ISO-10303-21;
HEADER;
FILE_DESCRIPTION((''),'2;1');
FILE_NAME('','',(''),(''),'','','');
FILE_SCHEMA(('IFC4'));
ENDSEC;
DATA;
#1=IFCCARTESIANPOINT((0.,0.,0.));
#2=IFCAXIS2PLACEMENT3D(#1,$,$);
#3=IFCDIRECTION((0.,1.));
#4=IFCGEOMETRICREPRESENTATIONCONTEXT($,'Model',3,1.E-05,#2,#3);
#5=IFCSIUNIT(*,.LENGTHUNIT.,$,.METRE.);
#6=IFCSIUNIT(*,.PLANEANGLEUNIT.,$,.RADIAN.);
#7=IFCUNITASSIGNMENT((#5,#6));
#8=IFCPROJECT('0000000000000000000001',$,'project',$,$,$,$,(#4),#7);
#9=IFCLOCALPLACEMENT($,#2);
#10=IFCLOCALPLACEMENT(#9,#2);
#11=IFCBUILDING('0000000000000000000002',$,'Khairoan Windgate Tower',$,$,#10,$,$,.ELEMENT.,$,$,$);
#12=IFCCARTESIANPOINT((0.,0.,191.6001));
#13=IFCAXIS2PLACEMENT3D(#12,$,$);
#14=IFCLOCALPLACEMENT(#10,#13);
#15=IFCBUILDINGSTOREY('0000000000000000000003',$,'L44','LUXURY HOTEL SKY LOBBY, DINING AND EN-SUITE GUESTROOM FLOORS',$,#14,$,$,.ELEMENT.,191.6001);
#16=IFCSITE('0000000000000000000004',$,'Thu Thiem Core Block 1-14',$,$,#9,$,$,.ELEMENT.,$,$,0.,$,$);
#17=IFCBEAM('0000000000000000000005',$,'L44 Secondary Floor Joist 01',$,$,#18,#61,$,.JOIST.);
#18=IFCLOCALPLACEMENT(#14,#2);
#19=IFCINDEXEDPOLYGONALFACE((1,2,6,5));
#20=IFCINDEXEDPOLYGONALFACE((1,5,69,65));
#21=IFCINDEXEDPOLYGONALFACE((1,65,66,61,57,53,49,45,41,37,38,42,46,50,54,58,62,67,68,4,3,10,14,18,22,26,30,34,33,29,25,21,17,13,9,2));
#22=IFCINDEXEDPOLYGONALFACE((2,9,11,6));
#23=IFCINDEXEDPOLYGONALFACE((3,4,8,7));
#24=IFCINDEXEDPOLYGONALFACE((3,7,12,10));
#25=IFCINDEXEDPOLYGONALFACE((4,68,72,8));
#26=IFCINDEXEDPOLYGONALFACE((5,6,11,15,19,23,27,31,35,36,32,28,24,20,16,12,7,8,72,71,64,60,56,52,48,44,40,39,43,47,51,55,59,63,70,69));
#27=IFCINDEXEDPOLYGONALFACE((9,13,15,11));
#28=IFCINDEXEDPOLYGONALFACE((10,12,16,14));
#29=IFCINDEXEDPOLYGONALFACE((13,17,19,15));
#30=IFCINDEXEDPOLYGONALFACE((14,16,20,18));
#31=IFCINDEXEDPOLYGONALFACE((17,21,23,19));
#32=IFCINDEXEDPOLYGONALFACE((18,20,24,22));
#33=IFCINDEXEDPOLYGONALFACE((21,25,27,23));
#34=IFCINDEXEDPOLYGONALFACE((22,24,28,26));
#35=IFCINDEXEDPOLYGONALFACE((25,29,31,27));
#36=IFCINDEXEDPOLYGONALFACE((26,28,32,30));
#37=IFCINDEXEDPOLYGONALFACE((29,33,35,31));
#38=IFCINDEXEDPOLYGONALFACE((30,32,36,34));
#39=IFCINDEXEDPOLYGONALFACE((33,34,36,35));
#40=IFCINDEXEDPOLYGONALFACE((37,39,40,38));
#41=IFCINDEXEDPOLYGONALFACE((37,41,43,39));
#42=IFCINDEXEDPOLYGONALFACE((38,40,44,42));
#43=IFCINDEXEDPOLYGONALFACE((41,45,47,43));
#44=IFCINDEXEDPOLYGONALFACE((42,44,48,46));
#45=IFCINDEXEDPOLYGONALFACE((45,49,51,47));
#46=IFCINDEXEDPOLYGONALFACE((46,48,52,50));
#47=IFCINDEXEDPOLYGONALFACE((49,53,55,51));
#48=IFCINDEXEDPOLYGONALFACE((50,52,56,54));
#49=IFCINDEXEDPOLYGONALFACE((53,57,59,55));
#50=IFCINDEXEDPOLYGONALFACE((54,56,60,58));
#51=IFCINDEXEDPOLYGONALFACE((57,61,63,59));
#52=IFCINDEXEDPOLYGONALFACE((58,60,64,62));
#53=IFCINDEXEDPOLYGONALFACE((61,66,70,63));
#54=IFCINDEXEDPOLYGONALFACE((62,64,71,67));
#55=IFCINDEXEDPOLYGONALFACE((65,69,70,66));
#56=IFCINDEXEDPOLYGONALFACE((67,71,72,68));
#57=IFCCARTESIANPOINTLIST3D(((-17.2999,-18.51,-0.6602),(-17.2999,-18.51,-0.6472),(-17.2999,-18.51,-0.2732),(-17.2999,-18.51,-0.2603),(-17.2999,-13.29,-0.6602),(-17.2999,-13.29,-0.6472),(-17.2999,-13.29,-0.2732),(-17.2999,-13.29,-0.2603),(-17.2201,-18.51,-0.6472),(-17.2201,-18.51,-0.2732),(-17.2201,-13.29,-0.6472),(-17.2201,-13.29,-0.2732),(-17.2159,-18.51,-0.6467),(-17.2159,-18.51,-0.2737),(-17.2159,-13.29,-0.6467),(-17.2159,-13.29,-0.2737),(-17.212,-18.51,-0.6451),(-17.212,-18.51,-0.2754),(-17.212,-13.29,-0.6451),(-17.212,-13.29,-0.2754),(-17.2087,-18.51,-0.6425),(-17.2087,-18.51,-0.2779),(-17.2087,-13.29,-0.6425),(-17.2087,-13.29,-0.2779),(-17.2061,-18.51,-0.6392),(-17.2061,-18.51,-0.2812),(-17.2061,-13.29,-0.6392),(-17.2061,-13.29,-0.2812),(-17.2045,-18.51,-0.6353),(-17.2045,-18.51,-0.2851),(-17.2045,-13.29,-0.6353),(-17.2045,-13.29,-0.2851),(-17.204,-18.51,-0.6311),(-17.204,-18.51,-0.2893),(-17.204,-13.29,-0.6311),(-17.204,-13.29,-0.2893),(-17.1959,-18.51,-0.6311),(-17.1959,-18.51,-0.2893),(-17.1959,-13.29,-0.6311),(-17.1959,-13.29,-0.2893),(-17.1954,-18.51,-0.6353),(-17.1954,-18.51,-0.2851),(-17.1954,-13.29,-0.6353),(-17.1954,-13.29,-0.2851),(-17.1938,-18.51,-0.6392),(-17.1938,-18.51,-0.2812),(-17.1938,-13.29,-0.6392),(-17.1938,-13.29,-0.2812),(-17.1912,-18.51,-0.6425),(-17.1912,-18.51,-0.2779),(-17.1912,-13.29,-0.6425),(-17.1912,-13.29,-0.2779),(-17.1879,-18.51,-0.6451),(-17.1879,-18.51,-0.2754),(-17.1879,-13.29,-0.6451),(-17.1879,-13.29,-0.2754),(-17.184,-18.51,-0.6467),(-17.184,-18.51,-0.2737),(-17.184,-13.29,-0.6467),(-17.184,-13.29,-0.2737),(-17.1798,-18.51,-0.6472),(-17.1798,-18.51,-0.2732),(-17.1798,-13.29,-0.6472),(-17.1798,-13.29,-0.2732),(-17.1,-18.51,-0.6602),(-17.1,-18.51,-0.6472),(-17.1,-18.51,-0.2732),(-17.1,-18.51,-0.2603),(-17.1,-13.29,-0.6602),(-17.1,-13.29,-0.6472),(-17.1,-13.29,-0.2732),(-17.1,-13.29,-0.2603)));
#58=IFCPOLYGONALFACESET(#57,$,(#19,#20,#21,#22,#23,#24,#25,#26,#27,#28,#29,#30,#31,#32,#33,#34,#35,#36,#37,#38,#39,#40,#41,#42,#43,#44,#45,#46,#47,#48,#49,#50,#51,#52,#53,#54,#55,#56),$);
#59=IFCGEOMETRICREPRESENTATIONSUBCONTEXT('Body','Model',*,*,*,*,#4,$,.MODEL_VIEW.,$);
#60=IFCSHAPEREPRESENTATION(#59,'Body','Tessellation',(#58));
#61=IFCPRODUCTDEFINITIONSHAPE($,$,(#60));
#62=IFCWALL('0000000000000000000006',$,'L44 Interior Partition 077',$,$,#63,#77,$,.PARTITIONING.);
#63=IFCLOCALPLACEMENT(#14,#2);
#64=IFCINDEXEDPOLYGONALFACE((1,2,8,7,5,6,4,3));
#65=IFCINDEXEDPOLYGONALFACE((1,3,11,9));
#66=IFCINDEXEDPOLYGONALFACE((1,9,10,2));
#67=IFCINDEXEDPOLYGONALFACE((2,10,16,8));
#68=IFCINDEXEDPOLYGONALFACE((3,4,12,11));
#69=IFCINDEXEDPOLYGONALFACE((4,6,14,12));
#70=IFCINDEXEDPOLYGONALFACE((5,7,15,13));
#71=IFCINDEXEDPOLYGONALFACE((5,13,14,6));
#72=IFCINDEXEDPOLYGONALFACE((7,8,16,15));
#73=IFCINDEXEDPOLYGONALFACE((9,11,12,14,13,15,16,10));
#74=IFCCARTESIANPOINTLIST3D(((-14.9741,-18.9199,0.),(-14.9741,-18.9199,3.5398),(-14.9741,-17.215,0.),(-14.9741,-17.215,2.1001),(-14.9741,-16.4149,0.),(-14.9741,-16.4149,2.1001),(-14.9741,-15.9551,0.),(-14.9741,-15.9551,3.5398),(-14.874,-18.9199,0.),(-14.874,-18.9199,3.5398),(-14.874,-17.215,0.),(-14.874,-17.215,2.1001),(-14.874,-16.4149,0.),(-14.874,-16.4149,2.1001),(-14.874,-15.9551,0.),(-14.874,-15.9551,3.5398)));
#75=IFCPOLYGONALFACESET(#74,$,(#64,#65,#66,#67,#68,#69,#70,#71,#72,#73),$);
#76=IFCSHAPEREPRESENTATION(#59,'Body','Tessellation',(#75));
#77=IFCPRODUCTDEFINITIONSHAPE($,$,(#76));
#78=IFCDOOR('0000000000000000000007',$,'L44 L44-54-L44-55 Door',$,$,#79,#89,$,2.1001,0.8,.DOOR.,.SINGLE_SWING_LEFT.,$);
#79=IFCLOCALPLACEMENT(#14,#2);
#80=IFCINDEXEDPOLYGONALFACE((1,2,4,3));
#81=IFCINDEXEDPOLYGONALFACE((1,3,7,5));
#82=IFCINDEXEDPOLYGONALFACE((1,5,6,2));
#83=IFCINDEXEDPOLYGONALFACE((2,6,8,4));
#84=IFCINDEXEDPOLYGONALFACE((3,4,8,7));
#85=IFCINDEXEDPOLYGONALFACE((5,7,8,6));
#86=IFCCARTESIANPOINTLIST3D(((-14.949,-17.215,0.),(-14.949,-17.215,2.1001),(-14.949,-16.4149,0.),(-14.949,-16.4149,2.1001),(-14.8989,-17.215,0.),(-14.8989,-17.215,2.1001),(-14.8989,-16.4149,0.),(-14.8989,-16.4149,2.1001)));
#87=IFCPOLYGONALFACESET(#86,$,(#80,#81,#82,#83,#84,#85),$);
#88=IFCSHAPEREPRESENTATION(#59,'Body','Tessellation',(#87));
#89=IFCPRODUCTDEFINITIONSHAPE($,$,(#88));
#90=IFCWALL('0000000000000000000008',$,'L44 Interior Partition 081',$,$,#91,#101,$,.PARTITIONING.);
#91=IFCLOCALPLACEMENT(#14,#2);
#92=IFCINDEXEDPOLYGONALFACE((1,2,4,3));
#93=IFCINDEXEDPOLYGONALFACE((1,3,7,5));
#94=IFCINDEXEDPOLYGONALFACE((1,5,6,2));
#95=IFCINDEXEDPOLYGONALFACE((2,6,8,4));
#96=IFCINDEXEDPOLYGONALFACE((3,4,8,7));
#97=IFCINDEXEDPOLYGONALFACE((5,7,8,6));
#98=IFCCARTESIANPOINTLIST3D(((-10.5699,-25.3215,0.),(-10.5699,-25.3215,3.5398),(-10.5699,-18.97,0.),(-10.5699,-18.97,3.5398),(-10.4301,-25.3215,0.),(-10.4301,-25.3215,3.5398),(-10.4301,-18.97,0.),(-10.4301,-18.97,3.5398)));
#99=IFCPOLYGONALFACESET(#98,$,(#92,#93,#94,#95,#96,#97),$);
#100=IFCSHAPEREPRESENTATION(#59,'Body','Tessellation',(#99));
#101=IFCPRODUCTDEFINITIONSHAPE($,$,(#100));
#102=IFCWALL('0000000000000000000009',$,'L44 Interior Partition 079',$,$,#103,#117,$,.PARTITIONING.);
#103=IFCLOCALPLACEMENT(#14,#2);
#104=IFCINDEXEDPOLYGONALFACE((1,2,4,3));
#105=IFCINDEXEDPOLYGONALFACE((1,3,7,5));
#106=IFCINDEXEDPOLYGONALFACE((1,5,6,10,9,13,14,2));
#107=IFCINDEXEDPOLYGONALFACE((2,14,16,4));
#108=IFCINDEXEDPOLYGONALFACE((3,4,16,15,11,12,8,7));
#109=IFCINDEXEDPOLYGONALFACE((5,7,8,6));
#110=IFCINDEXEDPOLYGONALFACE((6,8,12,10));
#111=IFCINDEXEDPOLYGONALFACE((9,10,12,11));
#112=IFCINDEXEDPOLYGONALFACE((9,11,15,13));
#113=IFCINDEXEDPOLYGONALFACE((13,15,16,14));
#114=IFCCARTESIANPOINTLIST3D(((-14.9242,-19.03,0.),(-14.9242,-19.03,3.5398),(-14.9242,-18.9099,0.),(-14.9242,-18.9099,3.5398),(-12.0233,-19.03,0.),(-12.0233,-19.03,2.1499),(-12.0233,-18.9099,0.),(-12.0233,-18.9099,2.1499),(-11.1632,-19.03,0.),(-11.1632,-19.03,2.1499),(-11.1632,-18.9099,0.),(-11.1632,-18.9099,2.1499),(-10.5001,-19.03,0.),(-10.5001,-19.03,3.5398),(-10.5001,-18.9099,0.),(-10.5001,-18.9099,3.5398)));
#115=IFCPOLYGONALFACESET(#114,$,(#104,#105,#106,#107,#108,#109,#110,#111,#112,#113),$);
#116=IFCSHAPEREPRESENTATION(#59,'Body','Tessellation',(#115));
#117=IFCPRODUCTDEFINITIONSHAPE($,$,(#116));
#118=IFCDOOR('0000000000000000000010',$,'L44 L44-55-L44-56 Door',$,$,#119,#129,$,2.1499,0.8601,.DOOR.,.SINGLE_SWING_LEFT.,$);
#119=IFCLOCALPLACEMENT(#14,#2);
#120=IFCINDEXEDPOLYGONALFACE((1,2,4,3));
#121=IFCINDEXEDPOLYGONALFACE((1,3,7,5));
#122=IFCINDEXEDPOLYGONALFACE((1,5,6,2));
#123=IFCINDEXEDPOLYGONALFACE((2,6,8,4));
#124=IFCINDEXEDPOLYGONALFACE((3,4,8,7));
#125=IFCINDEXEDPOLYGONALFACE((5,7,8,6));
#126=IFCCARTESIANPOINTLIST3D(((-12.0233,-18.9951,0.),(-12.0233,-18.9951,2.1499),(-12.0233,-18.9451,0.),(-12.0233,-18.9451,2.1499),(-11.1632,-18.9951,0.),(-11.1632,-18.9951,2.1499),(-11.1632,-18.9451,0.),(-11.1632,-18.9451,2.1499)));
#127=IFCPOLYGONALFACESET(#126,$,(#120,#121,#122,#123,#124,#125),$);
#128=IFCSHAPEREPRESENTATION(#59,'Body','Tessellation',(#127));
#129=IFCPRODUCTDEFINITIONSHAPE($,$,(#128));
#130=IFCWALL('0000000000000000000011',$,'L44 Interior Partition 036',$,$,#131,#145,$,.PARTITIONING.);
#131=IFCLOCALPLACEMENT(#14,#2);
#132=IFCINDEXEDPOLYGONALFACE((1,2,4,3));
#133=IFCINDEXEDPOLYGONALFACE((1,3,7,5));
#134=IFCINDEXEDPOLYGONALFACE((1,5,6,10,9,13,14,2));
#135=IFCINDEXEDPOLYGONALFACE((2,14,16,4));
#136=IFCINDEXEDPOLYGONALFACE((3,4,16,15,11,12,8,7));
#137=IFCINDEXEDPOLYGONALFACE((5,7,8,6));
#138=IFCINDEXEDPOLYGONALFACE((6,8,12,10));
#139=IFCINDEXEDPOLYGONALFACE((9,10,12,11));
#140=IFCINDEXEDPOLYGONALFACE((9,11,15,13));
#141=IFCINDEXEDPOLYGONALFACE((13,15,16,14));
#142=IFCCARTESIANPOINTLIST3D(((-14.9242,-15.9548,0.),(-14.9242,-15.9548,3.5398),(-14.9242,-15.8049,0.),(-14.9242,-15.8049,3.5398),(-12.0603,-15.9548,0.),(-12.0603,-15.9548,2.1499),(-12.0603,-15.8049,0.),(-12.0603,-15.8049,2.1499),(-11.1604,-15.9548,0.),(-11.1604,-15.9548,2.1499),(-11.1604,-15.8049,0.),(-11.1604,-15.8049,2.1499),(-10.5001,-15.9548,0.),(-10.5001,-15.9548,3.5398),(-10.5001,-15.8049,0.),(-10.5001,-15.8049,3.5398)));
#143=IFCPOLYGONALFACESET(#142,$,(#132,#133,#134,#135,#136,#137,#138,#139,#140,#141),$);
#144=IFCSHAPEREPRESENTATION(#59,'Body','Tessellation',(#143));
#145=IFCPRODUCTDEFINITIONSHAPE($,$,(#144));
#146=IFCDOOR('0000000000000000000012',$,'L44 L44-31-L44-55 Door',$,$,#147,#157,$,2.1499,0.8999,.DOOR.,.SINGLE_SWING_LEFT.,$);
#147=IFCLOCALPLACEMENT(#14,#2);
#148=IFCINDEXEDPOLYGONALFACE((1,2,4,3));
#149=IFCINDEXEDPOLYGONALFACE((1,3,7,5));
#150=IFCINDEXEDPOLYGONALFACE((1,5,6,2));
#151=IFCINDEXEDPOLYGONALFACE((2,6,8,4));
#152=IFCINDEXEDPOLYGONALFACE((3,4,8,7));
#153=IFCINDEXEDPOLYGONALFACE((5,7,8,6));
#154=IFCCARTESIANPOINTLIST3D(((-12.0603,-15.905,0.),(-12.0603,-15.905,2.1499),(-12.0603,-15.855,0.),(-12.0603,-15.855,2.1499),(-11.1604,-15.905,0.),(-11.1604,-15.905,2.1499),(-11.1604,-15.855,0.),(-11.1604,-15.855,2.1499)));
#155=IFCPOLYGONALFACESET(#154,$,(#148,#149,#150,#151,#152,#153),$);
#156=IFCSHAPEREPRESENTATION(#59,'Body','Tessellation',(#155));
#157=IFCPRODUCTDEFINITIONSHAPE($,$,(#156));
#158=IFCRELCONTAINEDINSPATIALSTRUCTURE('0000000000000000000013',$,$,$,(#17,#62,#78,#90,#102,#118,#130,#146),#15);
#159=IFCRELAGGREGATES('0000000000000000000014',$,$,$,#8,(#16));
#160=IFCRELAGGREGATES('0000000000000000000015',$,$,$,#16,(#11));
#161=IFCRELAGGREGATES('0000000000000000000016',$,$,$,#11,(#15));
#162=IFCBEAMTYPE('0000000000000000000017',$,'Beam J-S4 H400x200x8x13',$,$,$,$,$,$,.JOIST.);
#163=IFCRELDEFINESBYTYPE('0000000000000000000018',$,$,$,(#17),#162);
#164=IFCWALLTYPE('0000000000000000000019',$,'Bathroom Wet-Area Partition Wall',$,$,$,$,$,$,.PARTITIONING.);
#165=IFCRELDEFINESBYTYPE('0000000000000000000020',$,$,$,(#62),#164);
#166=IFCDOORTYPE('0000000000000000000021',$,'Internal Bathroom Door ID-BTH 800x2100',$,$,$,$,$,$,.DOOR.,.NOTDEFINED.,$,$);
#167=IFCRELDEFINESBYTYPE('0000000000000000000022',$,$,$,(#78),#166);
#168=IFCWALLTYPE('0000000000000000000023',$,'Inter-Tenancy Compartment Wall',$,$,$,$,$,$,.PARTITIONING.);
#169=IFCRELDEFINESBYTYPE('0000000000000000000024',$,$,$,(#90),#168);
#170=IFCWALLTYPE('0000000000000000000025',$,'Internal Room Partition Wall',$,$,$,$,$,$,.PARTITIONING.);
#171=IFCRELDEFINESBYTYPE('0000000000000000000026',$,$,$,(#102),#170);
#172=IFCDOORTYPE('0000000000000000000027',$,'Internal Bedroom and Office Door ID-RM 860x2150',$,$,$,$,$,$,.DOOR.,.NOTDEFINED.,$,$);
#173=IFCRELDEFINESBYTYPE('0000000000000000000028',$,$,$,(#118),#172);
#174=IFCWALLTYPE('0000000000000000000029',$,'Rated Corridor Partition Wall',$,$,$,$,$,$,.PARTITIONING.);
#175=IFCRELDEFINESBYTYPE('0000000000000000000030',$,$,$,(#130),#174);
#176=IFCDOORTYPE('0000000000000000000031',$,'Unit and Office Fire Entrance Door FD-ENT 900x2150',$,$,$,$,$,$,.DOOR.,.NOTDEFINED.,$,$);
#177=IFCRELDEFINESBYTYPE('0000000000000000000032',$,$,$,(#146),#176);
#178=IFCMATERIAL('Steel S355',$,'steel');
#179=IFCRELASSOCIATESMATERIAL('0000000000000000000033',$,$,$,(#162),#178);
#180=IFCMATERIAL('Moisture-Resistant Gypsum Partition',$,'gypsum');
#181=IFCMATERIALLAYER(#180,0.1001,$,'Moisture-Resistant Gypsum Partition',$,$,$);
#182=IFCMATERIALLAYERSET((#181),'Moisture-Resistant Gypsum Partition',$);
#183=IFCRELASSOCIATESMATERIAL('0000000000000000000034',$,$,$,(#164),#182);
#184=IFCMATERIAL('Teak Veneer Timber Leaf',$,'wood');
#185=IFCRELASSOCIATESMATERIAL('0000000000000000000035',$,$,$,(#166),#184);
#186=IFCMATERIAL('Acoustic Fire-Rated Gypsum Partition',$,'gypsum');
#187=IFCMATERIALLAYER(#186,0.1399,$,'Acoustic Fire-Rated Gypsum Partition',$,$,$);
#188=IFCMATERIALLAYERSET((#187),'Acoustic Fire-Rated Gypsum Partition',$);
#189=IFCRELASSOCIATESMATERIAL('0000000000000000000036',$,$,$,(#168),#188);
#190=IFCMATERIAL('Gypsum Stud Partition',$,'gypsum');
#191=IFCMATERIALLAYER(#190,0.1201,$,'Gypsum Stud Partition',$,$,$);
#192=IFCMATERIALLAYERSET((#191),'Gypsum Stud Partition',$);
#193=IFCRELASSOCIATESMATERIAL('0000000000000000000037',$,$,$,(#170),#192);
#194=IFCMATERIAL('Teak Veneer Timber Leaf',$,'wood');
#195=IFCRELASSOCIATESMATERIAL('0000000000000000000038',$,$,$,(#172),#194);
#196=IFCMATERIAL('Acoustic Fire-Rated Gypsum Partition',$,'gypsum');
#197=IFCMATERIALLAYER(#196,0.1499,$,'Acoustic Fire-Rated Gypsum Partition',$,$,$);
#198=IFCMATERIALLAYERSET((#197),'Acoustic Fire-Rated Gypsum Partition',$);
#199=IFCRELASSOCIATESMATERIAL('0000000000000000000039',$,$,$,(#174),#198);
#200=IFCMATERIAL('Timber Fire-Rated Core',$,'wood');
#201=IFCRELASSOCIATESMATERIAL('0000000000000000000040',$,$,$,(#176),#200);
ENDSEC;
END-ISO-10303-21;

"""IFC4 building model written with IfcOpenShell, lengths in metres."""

from ifc_helpers import new_model, si_unit, direction, frame, frame_2d, origin, origin_2d, place, context, subcontext, project, spatial, rectangle, i_section, extrude, material, layer, layer_set, material_profile, profile_set, type_object, element, fill, save


model = new_model("IFC4")

# Units and contexts
model_context = context("Model", 3, precision=1e-05, world=origin(), true_north=direction((0.0, 1.0)))
body_context = subcontext(model_context, "Body", "Model", "MODEL_VIEW")
ifc_project = project(units=[si_unit("LENGTHUNIT", "METRE"), si_unit("PLANEANGLEUNIT", "RADIAN")], contexts=[model_context])

# Site, building, storey
site_placement = place(None, origin())
site = spatial("IfcSite", under=ifc_project, at=site_placement, Name="Thu Thiem Core Block 1-14", CompositionType="ELEMENT", RefElevation=0.0)
building_placement = place(site_placement, origin())
building = spatial("IfcBuilding", under=site, at=building_placement, Name="Khairoan Windgate Tower", CompositionType="ELEMENT")
storey_placement = place(building_placement, frame((0.0, 0.0, 191.6001)))
storey = spatial("IfcBuildingStorey", under=building, at=storey_placement, Name="L44", Description="LUXURY HOTEL SKY LOBBY, DINING AND EN-SUITE GUESTROOM FLOORS", CompositionType="ELEMENT", Elevation=191.6001)

# Beam
ifc_material_1 = material(Name="Steel S355", Category="steel")
ifc_material_profile_1 = material_profile(ifc_material_1, i_section(OverallWidth=0.2, OverallDepth=0.3999, WebThickness=0.0081, FlangeThickness=0.0129, FilletRadius=0.0161, at=origin_2d()))
ifc_profile_set_1 = profile_set([ifc_material_profile_1], Name="Steel S355")
beam_type_1 = type_object("IfcBeamType", Name="Beam J-S4 H400x200x8x13", PredefinedType="JOIST", material=ifc_profile_set_1)
beam_1_placement = place(storey_placement, frame((-17.2, -18.51, -0.4602), z_axis=(0.0, 1.0, 0.0), x_axis=(-1.0, 0.0, 0.0)))
element("IfcBeam", 1, at=beam_1_placement, inside=storey, type_object=beam_type_1, Name="L44 Secondary Floor Joist 01", PredefinedType="JOIST", context=body_context, shape_type="SweptSolid", body=[
    extrude(i_section(OverallWidth=0.2, OverallDepth=0.3999, WebThickness=0.0081, FlangeThickness=0.0129, FilletRadius=0.0161, at=origin_2d()), origin(), (0.0, 0.0, 1.0), 5.22),
])

# Wall, opening, door
ifc_material_2 = material(Name="Moisture-Resistant Gypsum Partition", Category="gypsum")
ifc_layer_1 = layer(ifc_material_2, 0.1001, Name="Moisture-Resistant Gypsum Partition")
ifc_layer_set_1 = layer_set([ifc_layer_1], Name="Moisture-Resistant Gypsum Partition")
wall_type_1 = type_object("IfcWallType", Name="Bathroom Wet-Area Partition Wall", PredefinedType="PARTITIONING", material=ifc_layer_set_1)
wall_1_placement = place(storey_placement, frame((-14.9241, -18.9199, 0.0), z_axis=(0.0, 0.0, 1.0), x_axis=(0.0, 1.0, 0.0)))
wall_1 = element("IfcWall", 2, at=wall_1_placement, inside=storey, type_object=wall_type_1, Name="L44 Interior Partition 077", PredefinedType="PARTITIONING", context=body_context, shape_type="SweptSolid", body=[
    extrude(rectangle(XDim=2.9648, YDim=0.1001, at=frame_2d((1.4824, 0.0))), origin(), (0.0, 0.0, 1.0), 3.5398),
])
opening_1_placement = place(wall_1_placement, frame((1.7051, 0.0, 0.0)))
opening_1 = element("IfcOpeningElement", 3, at=opening_1_placement, cuts=wall_1, PredefinedType="OPENING", context=body_context, shape_type="SweptSolid", body=[
    extrude(rectangle(XDim=0.8, YDim=2.1001, at=frame_2d((0.3999, 1.05))), frame((0.0, 0.0601, 0.0), z_axis=(0.0, -1.0, 0.0), x_axis=(1.0, 0.0, 0.0)), (0.0, 0.0, 1.0), 0.1201),
])
ifc_material_3 = material(Name="Teak Veneer Timber Leaf", Category="wood")
door_type_1 = type_object("IfcDoorType", Name="Internal Bathroom Door ID-BTH 800x2100", OperationType="NOTDEFINED", PredefinedType="DOOR", material=ifc_material_3)
door_1_placement = place(opening_1_placement, origin())
door_1 = element("IfcDoor", 4, at=door_1_placement, inside=storey, type_object=door_type_1, Name="L44 L44-54-L44-55 Door", OperationType="SINGLE_SWING_LEFT", OverallHeight=2.1001, OverallWidth=0.8, PredefinedType="DOOR", context=body_context, shape_type="SweptSolid", body=[
    extrude(rectangle(XDim=0.8, YDim=2.1001, at=frame_2d((0.3999, 1.05))), frame((0.0, 0.0249, 0.0), z_axis=(0.0, -1.0, 0.0), x_axis=(1.0, 0.0, 0.0)), (0.0, 0.0, 1.0), 0.05),
])
fill(opening_1, door_1)

# Wall
ifc_material_4 = material(Name="Acoustic Fire-Rated Gypsum Partition", Category="gypsum")
ifc_layer_2 = layer(ifc_material_4, 0.1399, Name="Acoustic Fire-Rated Gypsum Partition")
ifc_layer_set_2 = layer_set([ifc_layer_2], Name="Acoustic Fire-Rated Gypsum Partition")
wall_type_2 = type_object("IfcWallType", Name="Inter-Tenancy Compartment Wall", PredefinedType="PARTITIONING", material=ifc_layer_set_2)
wall_2_placement = place(storey_placement, frame((-10.5, -25.3215, 0.0), z_axis=(0.0, 0.0, 1.0), x_axis=(0.0, 1.0, 0.0)))
element("IfcWall", 5, at=wall_2_placement, inside=storey, type_object=wall_type_2, Name="L44 Interior Partition 081", PredefinedType="PARTITIONING", context=body_context, shape_type="SweptSolid", body=[
    extrude(rectangle(XDim=6.3516, YDim=0.1399, at=frame_2d((3.1758, 0.0))), origin(), (0.0, 0.0, 1.0), 3.5398),
])

# Walls, openings, doors
ifc_material_5 = material(Name="Gypsum Stud Partition", Category="gypsum")
ifc_layer_3 = layer(ifc_material_5, 0.1201, Name="Gypsum Stud Partition")
ifc_layer_set_3 = layer_set([ifc_layer_3], Name="Gypsum Stud Partition")
wall_type_3 = type_object("IfcWallType", Name="Internal Room Partition Wall", PredefinedType="PARTITIONING", material=ifc_layer_set_3)
wall_3_placement = place(storey_placement, frame((-14.9241, -18.97, 0.0), z_axis=(0.0, 0.0, 1.0), x_axis=(1.0, 0.0, 0.0)))
wall_3 = element("IfcWall", 6, at=wall_3_placement, inside=storey, type_object=wall_type_3, Name="L44 Interior Partition 079", PredefinedType="PARTITIONING", context=body_context, shape_type="SweptSolid", body=[
    extrude(rectangle(XDim=4.4241, YDim=0.1201, at=frame_2d((2.2119, 0.0))), origin(), (0.0, 0.0, 1.0), 3.5398),
])
opening_2_placement = place(wall_3_placement, frame((2.9006, 0.0, 0.0)))
opening_2 = element("IfcOpeningElement", 7, at=opening_2_placement, cuts=wall_3, PredefinedType="OPENING", context=body_context, shape_type="SweptSolid", body=[
    extrude(rectangle(XDim=0.8601, YDim=2.1499, at=frame_2d((0.4302, 1.075))), frame((0.0, 0.0701, 0.0), z_axis=(0.0, -1.0, 0.0), x_axis=(1.0, 0.0, 0.0)), (0.0, 0.0, 1.0), 0.1401),
])
ifc_material_6 = material(Name="Teak Veneer Timber Leaf", Category="wood")
door_type_2 = type_object("IfcDoorType", Name="Internal Bedroom and Office Door ID-RM 860x2150", OperationType="NOTDEFINED", PredefinedType="DOOR", material=ifc_material_6)
door_2_placement = place(opening_2_placement, origin())
door_2 = element("IfcDoor", 8, at=door_2_placement, inside=storey, type_object=door_type_2, Name="L44 L44-55-L44-56 Door", OperationType="SINGLE_SWING_LEFT", OverallHeight=2.1499, OverallWidth=0.8601, PredefinedType="DOOR", context=body_context, shape_type="SweptSolid", body=[
    extrude(rectangle(XDim=0.8601, YDim=2.1499, at=frame_2d((0.4302, 1.075))), frame((0.0, 0.0249, 0.0), z_axis=(0.0, -1.0, 0.0), x_axis=(1.0, 0.0, 0.0)), (0.0, 0.0, 1.0), 0.05),
])
fill(opening_2, door_2)
ifc_material_7 = material(Name="Acoustic Fire-Rated Gypsum Partition", Category="gypsum")
ifc_layer_4 = layer(ifc_material_7, 0.1499, Name="Acoustic Fire-Rated Gypsum Partition")
ifc_layer_set_4 = layer_set([ifc_layer_4], Name="Acoustic Fire-Rated Gypsum Partition")
wall_type_4 = type_object("IfcWallType", Name="Rated Corridor Partition Wall", PredefinedType="PARTITIONING", material=ifc_layer_set_4)
wall_4_placement = place(storey_placement, frame((-14.9241, -15.8799, 0.0), z_axis=(0.0, 0.0, 1.0), x_axis=(1.0, 0.0, 0.0)))
wall_4 = element("IfcWall", 9, at=wall_4_placement, inside=storey, type_object=wall_type_4, Name="L44 Interior Partition 036", PredefinedType="PARTITIONING", context=body_context, shape_type="SweptSolid", body=[
    extrude(rectangle(XDim=4.4241, YDim=0.1499, at=frame_2d((2.2119, 0.0))), origin(), (0.0, 0.0, 1.0), 3.5398),
])
opening_3_placement = place(wall_4_placement, frame((2.8638, 0.0, 0.0)))
opening_3 = element("IfcOpeningElement", 10, at=opening_3_placement, cuts=wall_4, PredefinedType="OPENING", context=body_context, shape_type="SweptSolid", body=[
    extrude(rectangle(XDim=0.8999, YDim=2.1499, at=frame_2d((0.45, 1.075))), frame((0.0, 0.085, 0.0), z_axis=(0.0, -1.0, 0.0), x_axis=(1.0, 0.0, 0.0)), (0.0, 0.0, 1.0), 0.1699),
])
ifc_material_8 = material(Name="Timber Fire-Rated Core", Category="wood")
door_type_3 = type_object("IfcDoorType", Name="Unit and Office Fire Entrance Door FD-ENT 900x2150", OperationType="NOTDEFINED", PredefinedType="DOOR", material=ifc_material_8)
door_3_placement = place(opening_3_placement, origin())
door_3 = element("IfcDoor", 11, at=door_3_placement, inside=storey, type_object=door_type_3, Name="L44 L44-31-L44-55 Door", OperationType="SINGLE_SWING_LEFT", OverallHeight=2.1499, OverallWidth=0.8999, PredefinedType="DOOR", context=body_context, shape_type="SweptSolid", body=[
    extrude(rectangle(XDim=0.8999, YDim=2.1499, at=frame_2d((0.45, 1.075))), frame((0.0, 0.0249, 0.0), z_axis=(0.0, -1.0, 0.0), x_axis=(1.0, 0.0, 0.0)), (0.0, 0.0, 1.0), 0.05),
])
fill(opening_3, door_3)

save(model, "model.ifc")
